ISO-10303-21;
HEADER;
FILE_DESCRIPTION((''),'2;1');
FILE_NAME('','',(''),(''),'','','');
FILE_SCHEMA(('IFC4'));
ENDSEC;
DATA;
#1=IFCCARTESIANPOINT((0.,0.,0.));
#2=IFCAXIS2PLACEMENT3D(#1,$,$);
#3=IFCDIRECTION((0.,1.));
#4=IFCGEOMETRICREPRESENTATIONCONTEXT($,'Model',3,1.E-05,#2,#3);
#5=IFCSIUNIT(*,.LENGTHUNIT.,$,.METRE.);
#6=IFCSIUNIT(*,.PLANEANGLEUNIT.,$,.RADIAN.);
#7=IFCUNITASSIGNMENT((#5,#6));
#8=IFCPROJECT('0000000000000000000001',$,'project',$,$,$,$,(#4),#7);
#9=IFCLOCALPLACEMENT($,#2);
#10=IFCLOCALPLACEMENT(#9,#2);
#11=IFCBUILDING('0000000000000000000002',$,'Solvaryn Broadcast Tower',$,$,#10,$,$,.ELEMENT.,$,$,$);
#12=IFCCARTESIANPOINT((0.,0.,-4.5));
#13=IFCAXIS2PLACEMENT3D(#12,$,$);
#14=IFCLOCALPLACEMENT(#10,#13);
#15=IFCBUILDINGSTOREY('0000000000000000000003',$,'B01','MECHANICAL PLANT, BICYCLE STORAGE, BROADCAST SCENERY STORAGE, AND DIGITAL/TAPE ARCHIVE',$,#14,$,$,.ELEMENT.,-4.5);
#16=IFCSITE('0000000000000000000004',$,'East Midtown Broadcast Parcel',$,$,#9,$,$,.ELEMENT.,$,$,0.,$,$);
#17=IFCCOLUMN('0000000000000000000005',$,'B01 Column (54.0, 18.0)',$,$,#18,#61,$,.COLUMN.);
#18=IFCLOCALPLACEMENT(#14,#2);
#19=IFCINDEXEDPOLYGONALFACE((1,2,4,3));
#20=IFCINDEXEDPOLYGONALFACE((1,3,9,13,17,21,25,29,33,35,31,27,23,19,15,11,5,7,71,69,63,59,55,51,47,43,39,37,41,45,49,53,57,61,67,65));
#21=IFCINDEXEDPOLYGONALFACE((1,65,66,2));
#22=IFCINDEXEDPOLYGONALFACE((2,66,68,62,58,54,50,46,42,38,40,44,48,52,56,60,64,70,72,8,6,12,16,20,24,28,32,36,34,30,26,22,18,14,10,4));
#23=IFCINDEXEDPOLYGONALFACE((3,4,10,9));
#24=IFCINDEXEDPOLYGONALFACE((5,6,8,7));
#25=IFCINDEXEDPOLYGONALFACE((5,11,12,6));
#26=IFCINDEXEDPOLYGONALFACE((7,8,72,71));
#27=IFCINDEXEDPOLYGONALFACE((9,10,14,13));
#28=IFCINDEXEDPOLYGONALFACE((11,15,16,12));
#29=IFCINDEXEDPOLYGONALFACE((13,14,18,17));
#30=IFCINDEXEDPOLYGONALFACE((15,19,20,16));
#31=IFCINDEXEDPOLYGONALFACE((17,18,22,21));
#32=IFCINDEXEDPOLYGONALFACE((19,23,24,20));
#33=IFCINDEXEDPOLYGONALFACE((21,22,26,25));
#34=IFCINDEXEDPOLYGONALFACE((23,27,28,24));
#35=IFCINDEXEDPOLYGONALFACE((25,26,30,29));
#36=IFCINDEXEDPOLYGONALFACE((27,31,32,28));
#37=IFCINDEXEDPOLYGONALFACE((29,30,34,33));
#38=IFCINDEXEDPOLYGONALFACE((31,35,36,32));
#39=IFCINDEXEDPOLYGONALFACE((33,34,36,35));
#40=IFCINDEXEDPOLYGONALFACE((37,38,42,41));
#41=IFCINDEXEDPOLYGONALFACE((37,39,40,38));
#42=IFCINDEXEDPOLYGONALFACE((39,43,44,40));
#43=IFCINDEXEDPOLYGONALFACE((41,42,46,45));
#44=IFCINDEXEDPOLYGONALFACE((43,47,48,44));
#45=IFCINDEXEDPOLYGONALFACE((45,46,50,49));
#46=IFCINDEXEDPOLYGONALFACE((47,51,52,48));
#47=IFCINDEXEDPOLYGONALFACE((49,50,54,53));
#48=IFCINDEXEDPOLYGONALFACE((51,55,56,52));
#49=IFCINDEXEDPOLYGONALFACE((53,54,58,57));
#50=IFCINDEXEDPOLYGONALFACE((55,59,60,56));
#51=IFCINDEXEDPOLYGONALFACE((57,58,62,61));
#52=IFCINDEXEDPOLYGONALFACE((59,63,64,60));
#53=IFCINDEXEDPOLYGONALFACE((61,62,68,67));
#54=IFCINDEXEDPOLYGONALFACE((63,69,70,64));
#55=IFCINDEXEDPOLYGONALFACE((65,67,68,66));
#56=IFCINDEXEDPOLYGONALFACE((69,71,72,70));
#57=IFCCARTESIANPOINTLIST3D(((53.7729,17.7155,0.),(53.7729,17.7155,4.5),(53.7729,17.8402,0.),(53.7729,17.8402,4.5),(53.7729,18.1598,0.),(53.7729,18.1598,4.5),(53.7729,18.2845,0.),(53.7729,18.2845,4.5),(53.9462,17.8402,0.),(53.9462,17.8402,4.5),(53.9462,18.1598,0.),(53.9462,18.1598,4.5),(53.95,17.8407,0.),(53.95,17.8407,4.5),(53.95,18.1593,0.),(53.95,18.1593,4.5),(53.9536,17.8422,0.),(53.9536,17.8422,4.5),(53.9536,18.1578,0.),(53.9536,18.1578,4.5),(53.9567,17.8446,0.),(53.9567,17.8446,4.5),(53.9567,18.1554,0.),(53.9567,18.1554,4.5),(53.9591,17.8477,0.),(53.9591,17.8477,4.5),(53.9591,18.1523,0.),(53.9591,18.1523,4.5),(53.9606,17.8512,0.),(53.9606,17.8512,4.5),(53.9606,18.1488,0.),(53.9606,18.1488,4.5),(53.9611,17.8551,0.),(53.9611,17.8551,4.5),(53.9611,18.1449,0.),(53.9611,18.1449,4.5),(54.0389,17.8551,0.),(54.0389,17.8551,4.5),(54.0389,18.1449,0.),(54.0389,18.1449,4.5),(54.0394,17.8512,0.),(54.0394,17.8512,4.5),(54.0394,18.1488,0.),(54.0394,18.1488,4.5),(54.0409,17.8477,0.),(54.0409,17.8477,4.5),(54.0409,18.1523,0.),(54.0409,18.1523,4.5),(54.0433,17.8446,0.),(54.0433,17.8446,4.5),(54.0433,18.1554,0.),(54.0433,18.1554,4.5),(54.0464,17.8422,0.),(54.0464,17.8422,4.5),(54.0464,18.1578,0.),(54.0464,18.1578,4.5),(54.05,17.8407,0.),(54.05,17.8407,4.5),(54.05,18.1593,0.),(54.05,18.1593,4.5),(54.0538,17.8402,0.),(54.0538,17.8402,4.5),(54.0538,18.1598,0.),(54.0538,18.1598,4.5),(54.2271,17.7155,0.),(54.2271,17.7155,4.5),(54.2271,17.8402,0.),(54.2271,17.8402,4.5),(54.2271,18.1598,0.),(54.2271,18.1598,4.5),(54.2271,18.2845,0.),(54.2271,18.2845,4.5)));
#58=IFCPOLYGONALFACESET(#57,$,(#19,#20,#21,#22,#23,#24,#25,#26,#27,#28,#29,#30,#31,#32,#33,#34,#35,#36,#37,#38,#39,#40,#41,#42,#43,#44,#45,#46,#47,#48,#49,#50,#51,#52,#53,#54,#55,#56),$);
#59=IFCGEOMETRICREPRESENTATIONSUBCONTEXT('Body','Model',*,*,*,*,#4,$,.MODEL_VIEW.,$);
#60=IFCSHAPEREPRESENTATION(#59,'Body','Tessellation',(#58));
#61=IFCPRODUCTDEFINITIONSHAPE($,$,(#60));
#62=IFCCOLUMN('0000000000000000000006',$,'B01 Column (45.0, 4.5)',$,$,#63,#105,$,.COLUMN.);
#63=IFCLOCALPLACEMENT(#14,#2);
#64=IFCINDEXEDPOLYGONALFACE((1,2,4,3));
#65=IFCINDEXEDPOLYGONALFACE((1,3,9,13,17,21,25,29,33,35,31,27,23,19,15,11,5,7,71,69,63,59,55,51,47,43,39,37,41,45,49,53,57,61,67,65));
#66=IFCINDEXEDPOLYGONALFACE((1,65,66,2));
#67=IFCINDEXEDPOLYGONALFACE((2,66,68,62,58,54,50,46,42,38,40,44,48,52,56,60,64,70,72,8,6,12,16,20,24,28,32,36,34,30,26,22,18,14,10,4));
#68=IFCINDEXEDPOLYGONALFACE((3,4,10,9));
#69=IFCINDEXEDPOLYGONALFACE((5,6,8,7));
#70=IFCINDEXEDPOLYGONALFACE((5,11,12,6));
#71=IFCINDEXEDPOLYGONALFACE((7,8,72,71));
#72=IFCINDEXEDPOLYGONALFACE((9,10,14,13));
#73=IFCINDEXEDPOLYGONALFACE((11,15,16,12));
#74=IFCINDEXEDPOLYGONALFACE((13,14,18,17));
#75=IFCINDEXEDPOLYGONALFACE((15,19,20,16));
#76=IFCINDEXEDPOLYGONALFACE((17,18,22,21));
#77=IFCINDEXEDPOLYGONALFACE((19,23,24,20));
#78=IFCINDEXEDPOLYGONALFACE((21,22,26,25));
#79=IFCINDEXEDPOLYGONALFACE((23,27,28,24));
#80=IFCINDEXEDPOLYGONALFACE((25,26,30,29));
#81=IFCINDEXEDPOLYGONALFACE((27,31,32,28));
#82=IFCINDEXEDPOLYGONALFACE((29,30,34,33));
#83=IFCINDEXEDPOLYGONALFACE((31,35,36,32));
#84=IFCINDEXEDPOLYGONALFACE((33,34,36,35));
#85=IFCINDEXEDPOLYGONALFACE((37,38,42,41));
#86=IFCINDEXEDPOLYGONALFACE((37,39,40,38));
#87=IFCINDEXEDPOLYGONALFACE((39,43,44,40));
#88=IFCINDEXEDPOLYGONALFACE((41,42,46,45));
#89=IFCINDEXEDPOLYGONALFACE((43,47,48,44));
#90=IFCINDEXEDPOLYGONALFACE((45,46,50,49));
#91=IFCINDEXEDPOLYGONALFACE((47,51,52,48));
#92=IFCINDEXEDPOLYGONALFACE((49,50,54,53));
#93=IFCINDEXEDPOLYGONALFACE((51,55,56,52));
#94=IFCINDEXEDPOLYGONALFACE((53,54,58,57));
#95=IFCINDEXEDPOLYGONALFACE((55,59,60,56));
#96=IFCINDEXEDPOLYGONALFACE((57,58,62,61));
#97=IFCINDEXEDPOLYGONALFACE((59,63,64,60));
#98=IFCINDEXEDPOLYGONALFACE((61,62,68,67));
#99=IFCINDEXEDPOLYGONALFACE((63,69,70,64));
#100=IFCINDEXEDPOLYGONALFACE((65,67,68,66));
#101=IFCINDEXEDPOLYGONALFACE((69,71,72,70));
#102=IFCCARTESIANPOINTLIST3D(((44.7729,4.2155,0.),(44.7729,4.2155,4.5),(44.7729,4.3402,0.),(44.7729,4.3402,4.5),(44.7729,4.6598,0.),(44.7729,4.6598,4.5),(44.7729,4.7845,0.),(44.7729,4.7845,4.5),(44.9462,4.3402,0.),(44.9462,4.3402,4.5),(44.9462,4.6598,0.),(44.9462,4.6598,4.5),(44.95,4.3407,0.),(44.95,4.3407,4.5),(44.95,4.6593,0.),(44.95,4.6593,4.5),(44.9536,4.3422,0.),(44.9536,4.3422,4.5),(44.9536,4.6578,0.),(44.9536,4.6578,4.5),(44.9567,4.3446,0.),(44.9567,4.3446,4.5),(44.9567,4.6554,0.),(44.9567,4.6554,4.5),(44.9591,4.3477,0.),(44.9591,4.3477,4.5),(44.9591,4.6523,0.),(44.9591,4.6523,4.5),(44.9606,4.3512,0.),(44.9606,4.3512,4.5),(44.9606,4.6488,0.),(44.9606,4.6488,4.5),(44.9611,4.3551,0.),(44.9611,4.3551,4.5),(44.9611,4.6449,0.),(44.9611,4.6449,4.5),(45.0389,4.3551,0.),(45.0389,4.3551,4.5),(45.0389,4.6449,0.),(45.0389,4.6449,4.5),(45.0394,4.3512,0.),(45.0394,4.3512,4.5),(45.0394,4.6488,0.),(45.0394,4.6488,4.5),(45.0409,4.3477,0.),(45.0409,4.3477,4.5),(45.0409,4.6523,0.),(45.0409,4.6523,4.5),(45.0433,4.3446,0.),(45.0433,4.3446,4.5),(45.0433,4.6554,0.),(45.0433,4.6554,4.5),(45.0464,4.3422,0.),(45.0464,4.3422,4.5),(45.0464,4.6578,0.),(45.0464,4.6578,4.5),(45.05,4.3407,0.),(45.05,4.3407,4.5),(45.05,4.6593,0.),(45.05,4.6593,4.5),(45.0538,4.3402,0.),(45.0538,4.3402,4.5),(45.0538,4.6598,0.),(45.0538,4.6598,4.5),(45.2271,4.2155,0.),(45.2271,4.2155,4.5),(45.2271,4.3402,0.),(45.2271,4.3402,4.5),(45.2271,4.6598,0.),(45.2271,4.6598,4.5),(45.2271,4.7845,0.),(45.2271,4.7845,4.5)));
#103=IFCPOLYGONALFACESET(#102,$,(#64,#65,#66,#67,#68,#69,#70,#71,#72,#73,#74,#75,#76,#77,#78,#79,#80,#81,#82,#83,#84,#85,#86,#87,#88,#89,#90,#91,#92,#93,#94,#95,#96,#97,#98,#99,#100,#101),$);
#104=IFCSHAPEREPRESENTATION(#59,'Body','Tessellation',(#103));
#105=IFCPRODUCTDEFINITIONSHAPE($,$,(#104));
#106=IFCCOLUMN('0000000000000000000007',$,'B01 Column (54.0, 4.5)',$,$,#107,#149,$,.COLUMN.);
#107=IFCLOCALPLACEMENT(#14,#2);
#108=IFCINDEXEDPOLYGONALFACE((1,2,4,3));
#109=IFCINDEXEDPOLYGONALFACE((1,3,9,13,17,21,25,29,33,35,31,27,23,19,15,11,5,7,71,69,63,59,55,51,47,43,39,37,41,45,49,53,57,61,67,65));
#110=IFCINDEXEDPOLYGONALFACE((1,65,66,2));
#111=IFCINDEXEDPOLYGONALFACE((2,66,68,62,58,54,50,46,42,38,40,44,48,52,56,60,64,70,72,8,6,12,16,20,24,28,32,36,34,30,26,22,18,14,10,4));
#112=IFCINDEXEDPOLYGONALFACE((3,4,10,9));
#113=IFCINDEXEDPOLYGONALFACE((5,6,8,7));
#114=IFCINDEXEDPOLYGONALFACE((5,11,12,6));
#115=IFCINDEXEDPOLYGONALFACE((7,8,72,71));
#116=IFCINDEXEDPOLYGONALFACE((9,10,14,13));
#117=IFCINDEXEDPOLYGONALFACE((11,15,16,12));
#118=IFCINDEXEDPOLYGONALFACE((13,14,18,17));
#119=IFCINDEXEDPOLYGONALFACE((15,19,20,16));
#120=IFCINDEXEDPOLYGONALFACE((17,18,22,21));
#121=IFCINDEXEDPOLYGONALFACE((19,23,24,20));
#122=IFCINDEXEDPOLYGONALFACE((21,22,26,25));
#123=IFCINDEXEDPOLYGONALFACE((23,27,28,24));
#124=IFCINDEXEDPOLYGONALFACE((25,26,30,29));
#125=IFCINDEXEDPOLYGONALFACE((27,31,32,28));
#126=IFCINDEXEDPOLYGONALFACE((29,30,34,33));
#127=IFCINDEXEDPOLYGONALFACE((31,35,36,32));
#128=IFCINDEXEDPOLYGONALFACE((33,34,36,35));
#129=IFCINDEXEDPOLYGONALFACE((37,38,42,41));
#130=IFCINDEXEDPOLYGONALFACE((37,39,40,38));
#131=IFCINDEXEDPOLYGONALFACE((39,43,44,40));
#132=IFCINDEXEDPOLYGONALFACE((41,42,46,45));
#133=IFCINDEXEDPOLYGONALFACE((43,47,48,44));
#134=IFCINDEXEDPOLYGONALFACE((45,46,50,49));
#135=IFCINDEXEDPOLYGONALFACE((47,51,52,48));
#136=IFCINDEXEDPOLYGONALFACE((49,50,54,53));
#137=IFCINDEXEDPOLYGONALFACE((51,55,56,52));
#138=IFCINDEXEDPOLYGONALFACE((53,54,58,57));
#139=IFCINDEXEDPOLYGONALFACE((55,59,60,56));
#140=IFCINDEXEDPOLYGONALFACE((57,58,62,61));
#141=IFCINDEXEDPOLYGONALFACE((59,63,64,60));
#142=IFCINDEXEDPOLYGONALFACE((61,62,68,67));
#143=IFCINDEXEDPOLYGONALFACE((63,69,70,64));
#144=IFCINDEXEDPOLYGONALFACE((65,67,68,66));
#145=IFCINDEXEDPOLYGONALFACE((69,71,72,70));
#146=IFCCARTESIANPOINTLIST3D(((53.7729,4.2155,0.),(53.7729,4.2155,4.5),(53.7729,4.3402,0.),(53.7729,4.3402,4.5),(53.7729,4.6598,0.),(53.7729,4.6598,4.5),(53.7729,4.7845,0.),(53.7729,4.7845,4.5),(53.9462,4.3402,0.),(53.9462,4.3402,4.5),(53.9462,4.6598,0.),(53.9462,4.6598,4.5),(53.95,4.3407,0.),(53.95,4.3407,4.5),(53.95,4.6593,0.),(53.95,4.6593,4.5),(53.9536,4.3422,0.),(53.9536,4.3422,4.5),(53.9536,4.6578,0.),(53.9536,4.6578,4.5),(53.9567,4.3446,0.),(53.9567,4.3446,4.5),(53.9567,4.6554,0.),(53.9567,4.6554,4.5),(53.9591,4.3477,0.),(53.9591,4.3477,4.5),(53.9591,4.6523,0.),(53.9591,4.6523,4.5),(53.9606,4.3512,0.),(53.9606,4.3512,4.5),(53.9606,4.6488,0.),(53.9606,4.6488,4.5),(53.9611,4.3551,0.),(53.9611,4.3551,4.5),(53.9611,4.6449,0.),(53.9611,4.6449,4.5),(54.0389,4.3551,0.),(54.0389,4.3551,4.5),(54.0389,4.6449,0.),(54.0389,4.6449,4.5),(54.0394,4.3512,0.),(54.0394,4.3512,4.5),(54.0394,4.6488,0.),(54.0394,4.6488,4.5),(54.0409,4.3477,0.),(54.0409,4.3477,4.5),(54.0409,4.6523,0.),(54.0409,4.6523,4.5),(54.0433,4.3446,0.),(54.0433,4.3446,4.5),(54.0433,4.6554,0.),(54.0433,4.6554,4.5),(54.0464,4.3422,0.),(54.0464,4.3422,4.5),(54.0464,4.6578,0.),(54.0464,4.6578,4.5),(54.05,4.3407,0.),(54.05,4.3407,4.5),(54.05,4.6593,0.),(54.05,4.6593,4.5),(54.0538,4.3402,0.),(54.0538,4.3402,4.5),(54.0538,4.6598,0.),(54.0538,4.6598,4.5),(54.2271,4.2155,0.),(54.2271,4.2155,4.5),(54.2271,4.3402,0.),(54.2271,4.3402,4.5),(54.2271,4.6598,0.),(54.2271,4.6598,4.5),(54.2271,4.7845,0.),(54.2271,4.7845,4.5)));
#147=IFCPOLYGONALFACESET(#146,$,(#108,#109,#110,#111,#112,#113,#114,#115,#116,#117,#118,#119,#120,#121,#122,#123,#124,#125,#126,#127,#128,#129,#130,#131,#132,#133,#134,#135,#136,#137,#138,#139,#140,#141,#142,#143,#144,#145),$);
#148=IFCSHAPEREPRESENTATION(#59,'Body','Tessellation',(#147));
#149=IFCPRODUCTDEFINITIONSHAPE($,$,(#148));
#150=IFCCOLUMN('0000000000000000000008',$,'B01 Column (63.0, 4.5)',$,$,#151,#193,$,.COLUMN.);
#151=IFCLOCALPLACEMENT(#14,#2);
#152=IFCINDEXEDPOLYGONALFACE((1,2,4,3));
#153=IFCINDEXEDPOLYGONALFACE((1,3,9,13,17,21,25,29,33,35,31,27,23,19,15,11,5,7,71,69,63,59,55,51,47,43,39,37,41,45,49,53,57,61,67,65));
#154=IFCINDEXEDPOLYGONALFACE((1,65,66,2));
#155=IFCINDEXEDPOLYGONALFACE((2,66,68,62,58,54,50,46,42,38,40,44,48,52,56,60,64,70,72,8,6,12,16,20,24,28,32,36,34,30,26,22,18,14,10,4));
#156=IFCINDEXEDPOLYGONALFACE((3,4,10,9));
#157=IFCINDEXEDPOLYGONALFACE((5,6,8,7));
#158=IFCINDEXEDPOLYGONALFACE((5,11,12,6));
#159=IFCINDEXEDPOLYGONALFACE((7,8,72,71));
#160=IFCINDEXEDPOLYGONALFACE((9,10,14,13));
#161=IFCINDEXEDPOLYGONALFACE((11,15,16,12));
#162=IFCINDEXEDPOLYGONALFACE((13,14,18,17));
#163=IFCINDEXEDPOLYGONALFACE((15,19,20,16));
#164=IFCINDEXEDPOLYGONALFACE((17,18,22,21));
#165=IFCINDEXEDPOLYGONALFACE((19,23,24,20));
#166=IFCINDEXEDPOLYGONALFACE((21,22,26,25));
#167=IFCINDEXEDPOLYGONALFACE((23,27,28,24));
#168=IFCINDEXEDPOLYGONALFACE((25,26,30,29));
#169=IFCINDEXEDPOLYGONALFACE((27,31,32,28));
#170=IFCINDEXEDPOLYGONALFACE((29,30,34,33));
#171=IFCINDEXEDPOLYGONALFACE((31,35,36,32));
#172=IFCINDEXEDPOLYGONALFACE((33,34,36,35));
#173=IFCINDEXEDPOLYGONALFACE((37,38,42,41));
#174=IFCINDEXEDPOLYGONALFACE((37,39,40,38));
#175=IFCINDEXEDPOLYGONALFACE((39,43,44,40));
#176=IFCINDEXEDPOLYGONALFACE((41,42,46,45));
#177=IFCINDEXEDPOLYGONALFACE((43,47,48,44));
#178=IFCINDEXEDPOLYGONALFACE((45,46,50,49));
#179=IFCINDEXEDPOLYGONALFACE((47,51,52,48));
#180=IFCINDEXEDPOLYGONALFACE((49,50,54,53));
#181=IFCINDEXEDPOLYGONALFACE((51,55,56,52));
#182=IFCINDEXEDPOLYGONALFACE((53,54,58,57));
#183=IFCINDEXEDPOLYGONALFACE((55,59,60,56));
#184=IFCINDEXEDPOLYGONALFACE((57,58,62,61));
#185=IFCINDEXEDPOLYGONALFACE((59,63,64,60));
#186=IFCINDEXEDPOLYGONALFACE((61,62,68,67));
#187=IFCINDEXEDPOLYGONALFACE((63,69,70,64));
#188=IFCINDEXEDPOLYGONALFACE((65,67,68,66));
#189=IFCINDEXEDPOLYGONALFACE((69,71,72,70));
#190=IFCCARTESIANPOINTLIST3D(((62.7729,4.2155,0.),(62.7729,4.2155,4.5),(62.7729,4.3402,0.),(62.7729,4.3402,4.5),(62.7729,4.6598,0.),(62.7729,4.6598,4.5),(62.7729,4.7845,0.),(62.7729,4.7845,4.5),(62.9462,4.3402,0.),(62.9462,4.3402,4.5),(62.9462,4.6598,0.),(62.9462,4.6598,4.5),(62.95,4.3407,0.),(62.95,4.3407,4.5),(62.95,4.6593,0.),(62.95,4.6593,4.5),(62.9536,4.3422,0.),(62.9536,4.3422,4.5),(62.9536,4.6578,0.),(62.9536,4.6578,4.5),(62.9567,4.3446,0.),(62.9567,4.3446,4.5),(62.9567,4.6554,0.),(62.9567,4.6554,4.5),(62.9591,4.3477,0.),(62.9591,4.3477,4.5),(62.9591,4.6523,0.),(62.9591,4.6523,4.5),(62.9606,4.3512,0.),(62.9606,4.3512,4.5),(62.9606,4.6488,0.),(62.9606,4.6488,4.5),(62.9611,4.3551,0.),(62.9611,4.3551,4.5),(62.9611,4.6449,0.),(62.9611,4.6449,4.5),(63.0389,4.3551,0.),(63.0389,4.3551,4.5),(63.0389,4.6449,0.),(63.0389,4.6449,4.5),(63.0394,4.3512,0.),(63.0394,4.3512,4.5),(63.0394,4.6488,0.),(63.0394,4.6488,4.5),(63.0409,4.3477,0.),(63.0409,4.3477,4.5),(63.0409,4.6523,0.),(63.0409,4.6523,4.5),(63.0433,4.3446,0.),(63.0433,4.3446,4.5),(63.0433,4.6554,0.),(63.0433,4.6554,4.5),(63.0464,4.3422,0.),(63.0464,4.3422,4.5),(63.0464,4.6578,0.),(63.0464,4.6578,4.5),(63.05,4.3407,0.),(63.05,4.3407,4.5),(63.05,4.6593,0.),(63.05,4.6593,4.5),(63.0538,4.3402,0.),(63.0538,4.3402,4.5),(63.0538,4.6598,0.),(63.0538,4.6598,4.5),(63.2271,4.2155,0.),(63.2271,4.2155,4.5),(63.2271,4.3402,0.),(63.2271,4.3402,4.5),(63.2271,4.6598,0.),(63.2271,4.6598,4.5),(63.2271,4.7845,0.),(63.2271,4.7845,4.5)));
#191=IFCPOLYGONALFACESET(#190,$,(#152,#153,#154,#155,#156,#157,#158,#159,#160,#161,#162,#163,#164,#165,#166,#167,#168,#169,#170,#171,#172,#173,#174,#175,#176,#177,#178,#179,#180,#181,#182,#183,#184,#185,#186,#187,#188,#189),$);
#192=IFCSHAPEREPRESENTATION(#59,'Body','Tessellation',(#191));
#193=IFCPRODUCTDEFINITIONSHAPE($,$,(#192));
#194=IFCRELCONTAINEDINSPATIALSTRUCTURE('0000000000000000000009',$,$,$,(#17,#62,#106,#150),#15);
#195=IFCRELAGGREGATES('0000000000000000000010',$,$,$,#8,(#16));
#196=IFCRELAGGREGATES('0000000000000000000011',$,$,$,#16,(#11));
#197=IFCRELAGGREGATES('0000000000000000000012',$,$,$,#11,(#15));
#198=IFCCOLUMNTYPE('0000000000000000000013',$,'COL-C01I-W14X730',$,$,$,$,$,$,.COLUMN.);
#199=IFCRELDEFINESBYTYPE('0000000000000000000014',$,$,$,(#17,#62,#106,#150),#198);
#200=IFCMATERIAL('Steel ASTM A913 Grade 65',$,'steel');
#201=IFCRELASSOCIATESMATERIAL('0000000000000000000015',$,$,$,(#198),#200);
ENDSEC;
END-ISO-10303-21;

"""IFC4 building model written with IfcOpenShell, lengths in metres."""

from ifc_helpers import new_model, si_unit, direction, frame, origin, origin_2d, place, context, subcontext, project, spatial, i_section, extrude, material, material_profile, profile_set, type_object, element, save


model = new_model("IFC4")

# Units and contexts
model_context = context("Model", 3, precision=1e-05, world=origin(), true_north=direction((0.0, 1.0)))
body_context = subcontext(model_context, "Body", "Model", "MODEL_VIEW")
ifc_project = project(units=[si_unit("LENGTHUNIT", "METRE"), si_unit("PLANEANGLEUNIT", "RADIAN")], contexts=[model_context])

# Site, building, storey
site_placement = place(None, origin())
site = spatial("IfcSite", under=ifc_project, at=site_placement, Name="East Midtown Broadcast Parcel", CompositionType="ELEMENT", RefElevation=0.0)
building_placement = place(site_placement, origin())
building = spatial("IfcBuilding", under=site, at=building_placement, Name="Solvaryn Broadcast Tower", CompositionType="ELEMENT")
storey_placement = place(building_placement, frame((0.0, 0.0, -4.5)))
storey = spatial("IfcBuildingStorey", under=building, at=storey_placement, Name="B01", Description="MECHANICAL PLANT, BICYCLE STORAGE, BROADCAST SCENERY STORAGE, AND DIGITAL/TAPE ARCHIVE", CompositionType="ELEMENT", Elevation=-4.5)

# Columns
ifc_material_1 = material(Name="Steel ASTM A913 Grade 65", Category="steel")
ifc_material_profile_1 = material_profile(ifc_material_1, i_section(OverallWidth=0.4541, OverallDepth=0.5691, WebThickness=0.0779, FlangeThickness=0.1248, FilletRadius=0.0149, at=origin_2d()))
ifc_profile_set_1 = profile_set([ifc_material_profile_1], Name="Steel ASTM A913 Grade 65")
column_type_1 = type_object("IfcColumnType", Name="COL-C01I-W14X730", PredefinedType="COLUMN", material=ifc_profile_set_1)
for number, where, z_axis, x_axis, name in (
    (1, (54.0, 18.0, 0.0), (0.0, 0.0, 1.0), (1.0, 0.0, 0.0), "B01 Column (54.0, 18.0)"),
    (2, (45.0, 4.5, 0.0), (0.0, 0.0, 1.0), (1.0, 0.0, 0.0), "B01 Column (45.0, 4.5)"),
    (3, (54.0, 4.5, 0.0), (0.0, 0.0, 1.0), (1.0, 0.0, 0.0), "B01 Column (54.0, 4.5)"),
    (4, (63.0, 4.5, 0.0), (0.0, 0.0, 1.0), (1.0, 0.0, 0.0), "B01 Column (63.0, 4.5)"),
):
    element("IfcColumn", number, at=place(storey_placement, frame(where, z_axis=z_axis, x_axis=x_axis)), inside=storey, type_object=column_type_1, Name=name, PredefinedType="COLUMN", context=body_context, shape_type="SweptSolid", body=[
        extrude(i_section(OverallWidth=0.4541, OverallDepth=0.5691, WebThickness=0.0779, FlangeThickness=0.1248, FilletRadius=0.0149, at=origin_2d()), origin(), (0.0, 0.0, 1.0), 4.5),
    ])

save(model, "model.ifc")
